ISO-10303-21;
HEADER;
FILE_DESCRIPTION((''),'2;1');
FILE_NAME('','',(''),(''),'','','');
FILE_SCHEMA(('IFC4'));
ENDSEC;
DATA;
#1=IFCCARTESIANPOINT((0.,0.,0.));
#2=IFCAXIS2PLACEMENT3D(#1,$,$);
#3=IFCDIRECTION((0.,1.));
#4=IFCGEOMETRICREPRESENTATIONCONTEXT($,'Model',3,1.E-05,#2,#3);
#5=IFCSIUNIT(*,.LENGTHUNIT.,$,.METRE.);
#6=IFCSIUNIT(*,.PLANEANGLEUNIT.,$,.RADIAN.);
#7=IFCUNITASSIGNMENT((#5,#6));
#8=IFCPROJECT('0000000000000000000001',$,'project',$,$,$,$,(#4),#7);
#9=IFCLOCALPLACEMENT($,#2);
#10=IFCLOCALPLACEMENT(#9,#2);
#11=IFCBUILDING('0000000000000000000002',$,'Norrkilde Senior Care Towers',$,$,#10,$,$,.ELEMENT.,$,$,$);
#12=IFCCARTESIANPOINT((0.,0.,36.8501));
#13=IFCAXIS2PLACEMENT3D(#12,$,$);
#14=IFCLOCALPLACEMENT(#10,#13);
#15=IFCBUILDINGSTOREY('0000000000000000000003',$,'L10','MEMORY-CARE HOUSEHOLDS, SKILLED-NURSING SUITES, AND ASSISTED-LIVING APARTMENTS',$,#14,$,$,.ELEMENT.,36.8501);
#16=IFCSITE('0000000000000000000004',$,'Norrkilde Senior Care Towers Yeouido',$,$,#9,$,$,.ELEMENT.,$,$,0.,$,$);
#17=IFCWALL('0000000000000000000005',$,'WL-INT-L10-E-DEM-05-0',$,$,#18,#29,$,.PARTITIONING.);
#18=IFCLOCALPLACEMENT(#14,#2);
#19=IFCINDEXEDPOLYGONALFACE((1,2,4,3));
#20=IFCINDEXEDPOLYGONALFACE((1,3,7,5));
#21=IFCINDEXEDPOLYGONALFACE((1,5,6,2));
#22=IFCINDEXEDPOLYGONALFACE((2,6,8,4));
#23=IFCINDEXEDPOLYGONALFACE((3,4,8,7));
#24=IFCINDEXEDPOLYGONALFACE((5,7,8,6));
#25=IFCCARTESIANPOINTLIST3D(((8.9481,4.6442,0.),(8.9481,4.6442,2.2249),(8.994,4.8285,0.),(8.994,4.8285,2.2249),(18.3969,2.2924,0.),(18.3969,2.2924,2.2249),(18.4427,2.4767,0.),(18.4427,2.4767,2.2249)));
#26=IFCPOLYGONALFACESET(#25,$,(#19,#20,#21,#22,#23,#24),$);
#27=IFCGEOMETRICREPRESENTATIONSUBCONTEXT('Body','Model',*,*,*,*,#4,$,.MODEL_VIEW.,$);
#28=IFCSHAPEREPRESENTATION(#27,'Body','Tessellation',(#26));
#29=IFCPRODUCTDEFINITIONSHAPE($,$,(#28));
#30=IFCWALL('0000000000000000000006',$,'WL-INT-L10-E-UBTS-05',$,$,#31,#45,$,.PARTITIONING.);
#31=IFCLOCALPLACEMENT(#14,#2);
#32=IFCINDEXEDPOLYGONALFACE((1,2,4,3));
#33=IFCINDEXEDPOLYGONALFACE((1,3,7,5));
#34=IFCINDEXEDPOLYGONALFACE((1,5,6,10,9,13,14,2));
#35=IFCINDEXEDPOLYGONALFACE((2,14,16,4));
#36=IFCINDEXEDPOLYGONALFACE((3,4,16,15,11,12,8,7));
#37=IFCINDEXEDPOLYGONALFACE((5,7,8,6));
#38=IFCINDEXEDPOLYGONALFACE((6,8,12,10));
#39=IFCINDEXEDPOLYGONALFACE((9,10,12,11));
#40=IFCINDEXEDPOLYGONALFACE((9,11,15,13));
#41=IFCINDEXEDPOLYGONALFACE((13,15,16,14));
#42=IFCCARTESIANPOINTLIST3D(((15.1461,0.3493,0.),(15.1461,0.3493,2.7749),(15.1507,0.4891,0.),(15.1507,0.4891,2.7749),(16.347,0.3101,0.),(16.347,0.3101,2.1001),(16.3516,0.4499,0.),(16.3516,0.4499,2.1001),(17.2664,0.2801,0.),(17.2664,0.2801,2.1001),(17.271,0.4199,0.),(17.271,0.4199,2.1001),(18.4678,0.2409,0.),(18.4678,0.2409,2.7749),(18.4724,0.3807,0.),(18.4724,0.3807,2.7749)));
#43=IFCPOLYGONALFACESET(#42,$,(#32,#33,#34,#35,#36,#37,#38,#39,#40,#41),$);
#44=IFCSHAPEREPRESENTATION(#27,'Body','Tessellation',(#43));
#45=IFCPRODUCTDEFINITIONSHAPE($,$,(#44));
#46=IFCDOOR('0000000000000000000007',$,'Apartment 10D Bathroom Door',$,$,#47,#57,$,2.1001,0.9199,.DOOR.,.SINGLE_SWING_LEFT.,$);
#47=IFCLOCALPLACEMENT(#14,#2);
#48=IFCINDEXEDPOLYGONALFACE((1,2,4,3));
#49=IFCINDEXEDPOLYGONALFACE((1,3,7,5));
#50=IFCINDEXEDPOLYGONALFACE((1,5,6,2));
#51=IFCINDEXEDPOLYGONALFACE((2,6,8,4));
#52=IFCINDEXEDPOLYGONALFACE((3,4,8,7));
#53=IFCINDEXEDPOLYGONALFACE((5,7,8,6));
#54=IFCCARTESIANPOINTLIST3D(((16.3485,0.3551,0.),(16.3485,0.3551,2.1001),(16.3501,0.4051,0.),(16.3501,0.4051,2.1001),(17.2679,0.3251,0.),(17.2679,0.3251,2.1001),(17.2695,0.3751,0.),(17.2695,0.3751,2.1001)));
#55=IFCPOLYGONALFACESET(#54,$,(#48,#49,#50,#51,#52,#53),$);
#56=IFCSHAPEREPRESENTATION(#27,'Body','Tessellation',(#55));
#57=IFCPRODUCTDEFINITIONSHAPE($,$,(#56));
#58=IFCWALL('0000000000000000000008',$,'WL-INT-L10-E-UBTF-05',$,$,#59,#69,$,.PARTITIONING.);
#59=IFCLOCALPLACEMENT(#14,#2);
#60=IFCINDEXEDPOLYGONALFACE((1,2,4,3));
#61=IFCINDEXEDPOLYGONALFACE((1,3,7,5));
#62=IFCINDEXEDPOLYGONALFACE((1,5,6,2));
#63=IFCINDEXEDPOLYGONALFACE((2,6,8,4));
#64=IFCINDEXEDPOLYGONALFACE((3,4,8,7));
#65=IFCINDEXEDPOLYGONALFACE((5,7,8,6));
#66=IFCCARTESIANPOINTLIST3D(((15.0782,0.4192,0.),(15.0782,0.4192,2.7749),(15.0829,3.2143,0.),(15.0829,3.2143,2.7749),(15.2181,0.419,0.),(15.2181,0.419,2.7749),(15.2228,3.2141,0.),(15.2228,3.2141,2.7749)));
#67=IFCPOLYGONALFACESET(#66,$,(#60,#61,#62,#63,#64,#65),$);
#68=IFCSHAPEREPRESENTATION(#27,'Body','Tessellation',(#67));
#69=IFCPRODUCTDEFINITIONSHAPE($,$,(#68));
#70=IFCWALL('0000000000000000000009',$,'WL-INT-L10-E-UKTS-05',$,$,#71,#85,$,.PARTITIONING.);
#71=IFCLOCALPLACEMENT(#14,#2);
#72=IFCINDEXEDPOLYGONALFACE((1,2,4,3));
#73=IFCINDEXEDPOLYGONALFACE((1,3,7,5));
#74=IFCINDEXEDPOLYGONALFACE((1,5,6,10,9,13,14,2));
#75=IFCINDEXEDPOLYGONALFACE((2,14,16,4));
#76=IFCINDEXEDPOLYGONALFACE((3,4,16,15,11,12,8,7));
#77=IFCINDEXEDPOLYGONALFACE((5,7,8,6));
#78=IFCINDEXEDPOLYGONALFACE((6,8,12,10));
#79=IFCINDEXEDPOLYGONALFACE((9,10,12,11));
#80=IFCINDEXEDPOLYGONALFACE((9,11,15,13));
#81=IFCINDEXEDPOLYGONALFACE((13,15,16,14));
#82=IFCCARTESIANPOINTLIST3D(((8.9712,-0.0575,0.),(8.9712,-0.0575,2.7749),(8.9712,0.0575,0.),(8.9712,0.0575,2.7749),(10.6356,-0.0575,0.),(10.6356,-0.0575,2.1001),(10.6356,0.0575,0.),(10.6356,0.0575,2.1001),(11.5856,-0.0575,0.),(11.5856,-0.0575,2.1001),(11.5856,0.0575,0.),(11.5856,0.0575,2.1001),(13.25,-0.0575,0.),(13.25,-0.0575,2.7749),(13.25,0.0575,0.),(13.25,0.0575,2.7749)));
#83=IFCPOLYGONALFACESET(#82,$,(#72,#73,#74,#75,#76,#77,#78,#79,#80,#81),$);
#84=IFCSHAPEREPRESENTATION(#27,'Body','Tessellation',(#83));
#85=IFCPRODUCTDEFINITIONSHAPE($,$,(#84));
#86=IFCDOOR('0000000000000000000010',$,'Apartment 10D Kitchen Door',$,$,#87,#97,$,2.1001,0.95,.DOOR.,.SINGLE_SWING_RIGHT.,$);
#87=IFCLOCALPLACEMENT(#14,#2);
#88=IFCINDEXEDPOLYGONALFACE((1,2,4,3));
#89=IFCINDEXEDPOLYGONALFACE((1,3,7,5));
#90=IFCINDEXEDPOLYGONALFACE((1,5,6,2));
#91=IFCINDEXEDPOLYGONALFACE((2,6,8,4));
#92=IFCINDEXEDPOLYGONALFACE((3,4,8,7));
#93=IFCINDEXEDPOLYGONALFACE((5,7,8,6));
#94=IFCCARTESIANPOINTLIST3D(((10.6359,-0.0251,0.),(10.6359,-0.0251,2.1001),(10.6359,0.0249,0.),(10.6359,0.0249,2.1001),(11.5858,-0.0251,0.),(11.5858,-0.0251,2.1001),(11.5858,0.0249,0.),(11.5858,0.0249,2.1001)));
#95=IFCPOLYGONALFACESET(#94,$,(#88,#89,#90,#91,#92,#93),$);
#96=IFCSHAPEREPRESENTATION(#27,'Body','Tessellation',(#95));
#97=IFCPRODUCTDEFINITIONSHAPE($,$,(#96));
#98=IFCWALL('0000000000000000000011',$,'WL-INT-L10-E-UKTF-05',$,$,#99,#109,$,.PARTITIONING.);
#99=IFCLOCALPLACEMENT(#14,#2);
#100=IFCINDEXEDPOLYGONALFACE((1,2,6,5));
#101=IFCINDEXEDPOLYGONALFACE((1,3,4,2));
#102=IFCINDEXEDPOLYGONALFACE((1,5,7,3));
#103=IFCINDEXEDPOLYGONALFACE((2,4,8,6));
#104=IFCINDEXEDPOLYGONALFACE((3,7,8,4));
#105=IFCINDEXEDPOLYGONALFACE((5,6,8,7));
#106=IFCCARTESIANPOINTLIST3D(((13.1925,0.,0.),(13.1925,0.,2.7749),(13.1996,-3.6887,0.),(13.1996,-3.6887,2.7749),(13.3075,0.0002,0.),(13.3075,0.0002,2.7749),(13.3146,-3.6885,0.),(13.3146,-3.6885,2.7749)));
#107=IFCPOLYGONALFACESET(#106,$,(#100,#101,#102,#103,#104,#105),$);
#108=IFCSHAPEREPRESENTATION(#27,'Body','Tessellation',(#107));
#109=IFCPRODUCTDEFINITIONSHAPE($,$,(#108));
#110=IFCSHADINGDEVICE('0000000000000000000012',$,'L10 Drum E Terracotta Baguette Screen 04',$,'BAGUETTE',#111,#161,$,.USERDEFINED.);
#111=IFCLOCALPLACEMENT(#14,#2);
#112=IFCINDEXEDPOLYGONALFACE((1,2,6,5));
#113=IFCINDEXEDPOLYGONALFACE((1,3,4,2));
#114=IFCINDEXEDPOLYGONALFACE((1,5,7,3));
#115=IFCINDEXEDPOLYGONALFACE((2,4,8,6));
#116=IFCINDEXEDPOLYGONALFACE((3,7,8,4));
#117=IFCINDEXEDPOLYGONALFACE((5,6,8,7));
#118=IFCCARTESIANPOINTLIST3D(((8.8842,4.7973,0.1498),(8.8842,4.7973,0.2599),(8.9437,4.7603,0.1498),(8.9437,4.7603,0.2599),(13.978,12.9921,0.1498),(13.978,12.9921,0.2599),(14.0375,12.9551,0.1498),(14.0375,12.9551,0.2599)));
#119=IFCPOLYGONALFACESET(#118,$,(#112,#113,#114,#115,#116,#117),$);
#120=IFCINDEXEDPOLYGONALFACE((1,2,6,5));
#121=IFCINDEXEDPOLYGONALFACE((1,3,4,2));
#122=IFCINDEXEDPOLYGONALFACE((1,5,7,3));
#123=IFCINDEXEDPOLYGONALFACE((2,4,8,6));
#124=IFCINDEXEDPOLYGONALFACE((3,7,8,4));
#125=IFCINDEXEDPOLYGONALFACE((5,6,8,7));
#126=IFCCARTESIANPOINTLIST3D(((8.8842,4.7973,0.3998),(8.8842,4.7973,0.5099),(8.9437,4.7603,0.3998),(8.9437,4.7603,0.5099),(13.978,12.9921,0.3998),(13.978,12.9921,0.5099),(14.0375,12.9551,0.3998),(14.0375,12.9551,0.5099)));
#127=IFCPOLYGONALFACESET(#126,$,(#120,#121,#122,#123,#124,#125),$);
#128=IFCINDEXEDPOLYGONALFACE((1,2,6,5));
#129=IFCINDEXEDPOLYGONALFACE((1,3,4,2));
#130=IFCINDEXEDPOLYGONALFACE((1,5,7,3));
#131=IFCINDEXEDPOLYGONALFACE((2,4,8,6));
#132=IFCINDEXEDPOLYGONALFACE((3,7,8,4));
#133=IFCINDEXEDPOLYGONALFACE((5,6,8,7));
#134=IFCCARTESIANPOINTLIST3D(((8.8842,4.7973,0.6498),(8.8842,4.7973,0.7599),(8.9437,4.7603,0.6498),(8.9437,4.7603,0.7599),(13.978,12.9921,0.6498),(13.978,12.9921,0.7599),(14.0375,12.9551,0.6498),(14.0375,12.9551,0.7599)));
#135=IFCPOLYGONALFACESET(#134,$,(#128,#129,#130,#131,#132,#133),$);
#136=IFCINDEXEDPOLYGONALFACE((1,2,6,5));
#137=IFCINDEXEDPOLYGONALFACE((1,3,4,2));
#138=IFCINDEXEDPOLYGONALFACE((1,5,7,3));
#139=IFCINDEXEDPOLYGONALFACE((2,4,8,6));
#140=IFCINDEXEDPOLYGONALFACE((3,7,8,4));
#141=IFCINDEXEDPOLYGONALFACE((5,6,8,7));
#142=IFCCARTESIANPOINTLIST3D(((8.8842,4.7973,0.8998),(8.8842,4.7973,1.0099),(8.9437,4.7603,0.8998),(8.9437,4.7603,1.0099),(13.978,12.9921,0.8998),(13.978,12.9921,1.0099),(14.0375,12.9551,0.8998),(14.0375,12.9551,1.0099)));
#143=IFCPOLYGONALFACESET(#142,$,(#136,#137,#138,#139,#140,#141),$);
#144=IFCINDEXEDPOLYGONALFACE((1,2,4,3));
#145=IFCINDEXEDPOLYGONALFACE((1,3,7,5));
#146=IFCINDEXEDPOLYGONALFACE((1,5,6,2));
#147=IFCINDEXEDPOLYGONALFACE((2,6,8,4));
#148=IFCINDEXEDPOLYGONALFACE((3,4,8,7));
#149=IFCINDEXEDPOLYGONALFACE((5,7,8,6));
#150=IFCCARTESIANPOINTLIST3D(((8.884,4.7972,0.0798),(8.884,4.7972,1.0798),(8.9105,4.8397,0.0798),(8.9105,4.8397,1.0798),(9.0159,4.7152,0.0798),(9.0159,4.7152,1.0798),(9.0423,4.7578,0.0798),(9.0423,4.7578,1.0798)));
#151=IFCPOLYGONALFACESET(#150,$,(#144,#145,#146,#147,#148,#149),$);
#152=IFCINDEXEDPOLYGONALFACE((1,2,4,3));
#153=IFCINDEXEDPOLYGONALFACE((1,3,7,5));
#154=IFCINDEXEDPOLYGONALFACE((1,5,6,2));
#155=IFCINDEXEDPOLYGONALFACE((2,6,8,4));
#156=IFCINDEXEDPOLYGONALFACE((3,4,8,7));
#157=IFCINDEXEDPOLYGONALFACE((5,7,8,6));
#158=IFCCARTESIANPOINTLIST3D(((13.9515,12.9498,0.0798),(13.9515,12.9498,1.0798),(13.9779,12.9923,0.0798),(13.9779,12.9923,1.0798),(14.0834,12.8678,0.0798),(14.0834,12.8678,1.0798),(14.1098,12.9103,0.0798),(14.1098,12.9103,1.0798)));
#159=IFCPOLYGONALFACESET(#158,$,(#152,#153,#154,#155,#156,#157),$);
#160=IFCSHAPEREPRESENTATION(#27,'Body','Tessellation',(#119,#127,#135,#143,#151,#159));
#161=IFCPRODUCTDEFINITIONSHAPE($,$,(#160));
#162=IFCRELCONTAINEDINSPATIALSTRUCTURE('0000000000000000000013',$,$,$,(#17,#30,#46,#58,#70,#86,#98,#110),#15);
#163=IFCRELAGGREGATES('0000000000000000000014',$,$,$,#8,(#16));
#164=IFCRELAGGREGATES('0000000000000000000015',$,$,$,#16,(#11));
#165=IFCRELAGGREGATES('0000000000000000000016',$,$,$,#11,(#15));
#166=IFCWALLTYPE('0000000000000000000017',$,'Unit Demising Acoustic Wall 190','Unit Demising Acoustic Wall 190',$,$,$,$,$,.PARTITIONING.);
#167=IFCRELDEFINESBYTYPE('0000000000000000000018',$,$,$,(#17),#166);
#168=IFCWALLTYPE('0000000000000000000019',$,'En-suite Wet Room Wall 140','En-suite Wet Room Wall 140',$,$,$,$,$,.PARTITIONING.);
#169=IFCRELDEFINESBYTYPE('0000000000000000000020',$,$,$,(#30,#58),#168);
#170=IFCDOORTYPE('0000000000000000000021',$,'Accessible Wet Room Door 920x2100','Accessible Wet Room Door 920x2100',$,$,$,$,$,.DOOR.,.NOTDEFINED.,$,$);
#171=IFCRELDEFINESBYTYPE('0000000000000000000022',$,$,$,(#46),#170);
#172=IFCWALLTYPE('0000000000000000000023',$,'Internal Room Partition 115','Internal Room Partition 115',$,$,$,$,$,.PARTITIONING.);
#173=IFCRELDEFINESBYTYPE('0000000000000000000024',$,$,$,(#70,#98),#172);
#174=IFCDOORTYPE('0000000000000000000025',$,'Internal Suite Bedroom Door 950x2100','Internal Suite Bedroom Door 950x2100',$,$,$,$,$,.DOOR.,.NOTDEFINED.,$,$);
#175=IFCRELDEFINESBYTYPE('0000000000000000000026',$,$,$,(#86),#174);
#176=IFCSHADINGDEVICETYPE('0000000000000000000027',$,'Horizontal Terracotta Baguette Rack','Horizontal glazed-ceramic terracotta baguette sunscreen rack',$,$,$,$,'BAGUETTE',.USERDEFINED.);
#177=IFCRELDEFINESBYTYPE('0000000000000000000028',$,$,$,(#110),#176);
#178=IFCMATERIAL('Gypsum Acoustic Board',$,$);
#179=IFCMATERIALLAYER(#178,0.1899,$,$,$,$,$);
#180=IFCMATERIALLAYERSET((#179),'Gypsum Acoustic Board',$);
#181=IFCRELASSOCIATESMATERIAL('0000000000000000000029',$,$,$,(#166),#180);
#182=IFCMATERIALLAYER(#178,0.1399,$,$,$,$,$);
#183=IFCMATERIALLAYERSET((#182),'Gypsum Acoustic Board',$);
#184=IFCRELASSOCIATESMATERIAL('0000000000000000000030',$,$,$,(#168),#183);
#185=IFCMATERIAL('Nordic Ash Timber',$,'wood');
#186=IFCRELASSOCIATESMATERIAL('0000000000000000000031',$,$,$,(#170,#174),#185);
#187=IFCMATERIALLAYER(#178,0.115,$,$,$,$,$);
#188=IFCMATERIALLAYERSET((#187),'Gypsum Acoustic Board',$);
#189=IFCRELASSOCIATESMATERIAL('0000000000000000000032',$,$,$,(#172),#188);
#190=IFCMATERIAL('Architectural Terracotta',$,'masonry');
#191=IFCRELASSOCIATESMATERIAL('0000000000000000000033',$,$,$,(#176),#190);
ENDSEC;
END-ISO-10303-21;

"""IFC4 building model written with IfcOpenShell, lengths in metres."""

from ifc_helpers import new_model, si_unit, direction, frame, frame_2d, origin, origin_2d, place, context, subcontext, project, spatial, rectangle, extrude, source, transform, mapped, material, layer, layer_set, type_object, type_shapes, element, fill, save


model = new_model("IFC4")

# Units and contexts
model_context = context("Model", 3, precision=1e-05, world=origin(), true_north=direction((0.0, 1.0)))
body_context = subcontext(model_context, "Body", "Model", "MODEL_VIEW")
ifc_project = project(units=[si_unit("LENGTHUNIT", "METRE"), si_unit("PLANEANGLEUNIT", "RADIAN")], contexts=[model_context])

# Site, building, storey
site_placement = place(None, origin())
site = spatial("IfcSite", under=ifc_project, at=site_placement, Name="Norrkilde Senior Care Towers Yeouido", CompositionType="ELEMENT", RefElevation=0.0)
building_placement = place(site_placement, origin())
building = spatial("IfcBuilding", under=site, at=building_placement, Name="Norrkilde Senior Care Towers", CompositionType="ELEMENT")
storey_placement = place(building_placement, frame((0.0, 0.0, 36.8501)))
storey = spatial("IfcBuildingStorey", under=building, at=storey_placement, Name="L10", Description="MEMORY-CARE HOUSEHOLDS, SKILLED-NURSING SUITES, AND ASSISTED-LIVING APARTMENTS", CompositionType="ELEMENT", Elevation=36.8501)

# Wall
ifc_material_1 = material(Name="Gypsum Acoustic Board")
ifc_layer_1 = layer(ifc_material_1, 0.1899)
ifc_layer_set_1 = layer_set([ifc_layer_1], Name="Gypsum Acoustic Board")
wall_type_1 = type_object("IfcWallType", Name="Unit Demising Acoustic Wall 190", Description="Unit Demising Acoustic Wall 190", PredefinedType="PARTITIONING", material=ifc_layer_set_1)
shared_shape_1 = source(origin(), body_context, "Body", "SweptSolid", [
    extrude(rectangle(XDim=9.7371, YDim=0.1899, at=frame_2d((4.8687, 0.0))), origin(), (0.0, 0.0, 1.0), 2.2249),
])
type_shapes(wall_type_1, [shared_shape_1])
wall_1_placement = place(storey_placement, frame((18.4199, 2.3845, 0.0), z_axis=(0.0, 0.0, 1.0), x_axis=(-0.970393, 0.241533, 0.0)))
element("IfcWall", 1, at=wall_1_placement, inside=storey, type_object=wall_type_1, Name="WL-INT-L10-E-DEM-05-0", PredefinedType="PARTITIONING", context=body_context, shape_type="MappedRepresentation", body=[
    mapped(shared_shape_1, transform((0.0, 0.0, 0.0), x_axis=(1.0, 0.0, 0.0), y_axis=(0.0, 1.0, 0.0), z_axis=(0.0, 0.0, 1.0), scale=1.0)),
])

# Wall, opening, door
ifc_layer_2 = layer(ifc_material_1, 0.1399)
ifc_layer_set_2 = layer_set([ifc_layer_2], Name="Gypsum Acoustic Board")
wall_type_2 = type_object("IfcWallType", Name="En-suite Wet Room Wall 140", Description="En-suite Wet Room Wall 140", PredefinedType="PARTITIONING", material=ifc_layer_set_2)
shared_shape_2 = source(origin(), body_context, "Body", "SweptSolid", [
    extrude(rectangle(XDim=3.3235, YDim=0.1399, at=frame_2d((1.6616, 0.0))), origin(), (0.0, 0.0, 1.0), 2.7749),
])
wall_2_placement = place(storey_placement, frame((18.47, 0.3108, 0.0), z_axis=(0.0, 0.0, 1.0), x_axis=(-0.999468, 0.032615, 0.0)))
wall_2 = element("IfcWall", 2, at=wall_2_placement, inside=storey, type_object=wall_type_2, Name="WL-INT-L10-E-UBTS-05", PredefinedType="PARTITIONING", context=body_context, shape_type="MappedRepresentation", body=[
    mapped(shared_shape_2, transform((0.0, 0.0, 0.0), x_axis=(1.0, 0.0, 0.0), y_axis=(0.0, 1.0, 0.0), z_axis=(0.0, 0.0, 1.0), scale=1.0)),
])
opening_1_placement = place(wall_2_placement, frame((1.2019, 0.0, 0.0)))
opening_1 = element("IfcOpeningElement", 3, at=opening_1_placement, cuts=wall_2, PredefinedType="OPENING", context=body_context, shape_type="SweptSolid", body=[
    extrude(rectangle(XDim=0.9199, YDim=2.1001, at=frame_2d((0.46, 1.05))), frame((0.0, 0.0798, 0.0), z_axis=(0.0, -1.0, 0.0), x_axis=(1.0, 0.0, 0.0)), (0.0, 0.0, 1.0), 0.1599),
])
ifc_material_2 = material(Name="Nordic Ash Timber", Category="wood")
door_type_1 = type_object("IfcDoorType", Name="Accessible Wet Room Door 920x2100", Description="Accessible Wet Room Door 920x2100", OperationType="NOTDEFINED", PredefinedType="DOOR", material=ifc_material_2)
shared_shape_3 = source(origin(), body_context, "Body", "SweptSolid", [
    extrude(rectangle(XDim=0.9199, YDim=2.1001, at=frame_2d((0.46, 1.05))), frame((0.0, 0.0249, 0.0), z_axis=(0.0, -1.0, 0.0), x_axis=(1.0, 0.0, 0.0)), (0.0, 0.0, 1.0), 0.05),
])
type_shapes(door_type_1, [shared_shape_3])
door_1_placement = place(opening_1_placement, origin())
door_1 = element("IfcDoor", 4, at=door_1_placement, inside=storey, type_object=door_type_1, Name="Apartment 10D Bathroom Door", OperationType="SINGLE_SWING_LEFT", OverallHeight=2.1001, OverallWidth=0.9199, PredefinedType="DOOR", context=body_context, shape_type="MappedRepresentation", body=[
    mapped(shared_shape_3, transform((0.0, 0.0, 0.0), x_axis=(1.0, 0.0, 0.0), y_axis=(0.0, 1.0, 0.0), z_axis=(0.0, 0.0, 1.0), scale=1.0)),
])
fill(opening_1, door_1)

# Wall
shared_shape_4 = source(origin(), body_context, "Body", "SweptSolid", [
    extrude(rectangle(XDim=2.7952, YDim=0.1399, at=frame_2d((1.3975, 0.0))), origin(), (0.0, 0.0, 1.0), 2.7749),
])
type_shapes(wall_type_2, [shared_shape_2, shared_shape_4])
wall_3_placement = place(storey_placement, frame((15.1482, 0.4192, 0.0), z_axis=(0.0, 0.0, 1.0), x_axis=(0.00166, 0.999999, 0.0)))
element("IfcWall", 5, at=wall_3_placement, inside=storey, type_object=wall_type_2, Name="WL-INT-L10-E-UBTF-05", PredefinedType="PARTITIONING", context=body_context, shape_type="MappedRepresentation", body=[
    mapped(shared_shape_4, transform((0.0, 0.0, 0.0), x_axis=(1.0, 0.0, 0.0), y_axis=(0.0, 1.0, 0.0), z_axis=(0.0, 0.0, 1.0), scale=1.0)),
])

# Wall, opening, door
ifc_layer_3 = layer(ifc_material_1, 0.115)
ifc_layer_set_3 = layer_set([ifc_layer_3], Name="Gypsum Acoustic Board")
wall_type_3 = type_object("IfcWallType", Name="Internal Room Partition 115", Description="Internal Room Partition 115", PredefinedType="PARTITIONING", material=ifc_layer_set_3)
shared_shape_5 = source(origin(), body_context, "Body", "SweptSolid", [
    extrude(rectangle(XDim=4.2788, YDim=0.115, at=frame_2d((2.1394, 0.0))), origin(), (0.0, 0.0, 1.0), 2.7749),
])
wall_4_placement = place(storey_placement, frame((13.25, 0.0, 0.0), z_axis=(0.0, 0.0, 1.0), x_axis=(-1.0, 0.0, 0.0)))
wall_4 = element("IfcWall", 6, at=wall_4_placement, inside=storey, type_object=wall_type_3, Name="WL-INT-L10-E-UKTS-05", PredefinedType="PARTITIONING", context=body_context, shape_type="MappedRepresentation", body=[
    mapped(shared_shape_5, transform((0.0, 0.0, 0.0), x_axis=(1.0, 0.0, 0.0), y_axis=(0.0, 1.0, 0.0), z_axis=(0.0, 0.0, 1.0), scale=1.0)),
])
opening_2_placement = place(wall_4_placement, frame((1.6643, 0.0, 0.0)))
opening_2 = element("IfcOpeningElement", 7, at=opening_2_placement, cuts=wall_4, PredefinedType="OPENING", context=body_context, shape_type="SweptSolid", body=[
    extrude(rectangle(XDim=0.95, YDim=2.1001, at=frame_2d((0.4751, 1.05))), frame((0.0, 0.0674, 0.0), z_axis=(0.0, -1.0, 0.0), x_axis=(1.0, 0.0, 0.0)), (0.0, 0.0, 1.0), 0.135),
])
door_type_2 = type_object("IfcDoorType", Name="Internal Suite Bedroom Door 950x2100", Description="Internal Suite Bedroom Door 950x2100", OperationType="NOTDEFINED", PredefinedType="DOOR", material=ifc_material_2)
shared_shape_6 = source(origin(), body_context, "Body", "SweptSolid", [
    extrude(rectangle(XDim=0.95, YDim=2.1001, at=frame_2d((0.4751, 1.05))), frame((0.0, 0.0249, 0.0), z_axis=(0.0, -1.0, 0.0), x_axis=(1.0, 0.0, 0.0)), (0.0, 0.0, 1.0), 0.05),
])
type_shapes(door_type_2, [shared_shape_6])
door_2_placement = place(opening_2_placement, frame((0.95, 0.0, 0.0), z_axis=(0.0, 0.0, 1.0), x_axis=(-1.0, 0.0, 0.0)))
door_2 = element("IfcDoor", 8, at=door_2_placement, inside=storey, type_object=door_type_2, Name="Apartment 10D Kitchen Door", OperationType="SINGLE_SWING_RIGHT", OverallHeight=2.1001, OverallWidth=0.95, PredefinedType="DOOR", context=body_context, shape_type="MappedRepresentation", body=[
    mapped(shared_shape_6, transform((0.0, 0.0, 0.0), x_axis=(1.0, 0.0, 0.0), y_axis=(0.0, 1.0, 0.0), z_axis=(0.0, 0.0, 1.0), scale=1.0)),
])
fill(opening_2, door_2)

# Wall
shared_shape_7 = source(origin(), body_context, "Body", "SweptSolid", [
    extrude(rectangle(XDim=3.6887, YDim=0.115, at=frame_2d((1.8442, 0.0))), origin(), (0.0, 0.0, 1.0), 2.7749),
])
type_shapes(wall_type_3, [shared_shape_5, shared_shape_7])
wall_5_placement = place(storey_placement, frame((13.25, 0.0, 0.0), z_axis=(0.0, 0.0, 1.0), x_axis=(0.001919, -0.999998, 0.0)))
element("IfcWall", 9, at=wall_5_placement, inside=storey, type_object=wall_type_3, Name="WL-INT-L10-E-UKTF-05", PredefinedType="PARTITIONING", context=body_context, shape_type="MappedRepresentation", body=[
    mapped(shared_shape_7, transform((0.0, 0.0, 0.0), x_axis=(1.0, 0.0, 0.0), y_axis=(0.0, 1.0, 0.0), z_axis=(0.0, 0.0, 1.0), scale=1.0)),
])

# Shading device
ifc_material_3 = material(Name="Architectural Terracotta", Category="masonry")
shading_device_type = type_object("IfcShadingDeviceType", Name="Horizontal Terracotta Baguette Rack", Description="Horizontal glazed-ceramic terracotta baguette sunscreen rack", ElementType="BAGUETTE", PredefinedType="USERDEFINED", material=ifc_material_3)
shared_shape_8 = source(origin(), body_context, "Body", "SweptSolid", [
    extrude(rectangle(XDim=0.0701, YDim=0.1101, at=origin_2d()), frame((0.0, 0.0901, 0.125), z_axis=(1.0, 0.0, 0.0), x_axis=(0.0, 1.0, 0.0)), (0.0, 0.0, 1.0), 9.6489),
    extrude(rectangle(XDim=0.0701, YDim=0.1101, at=origin_2d()), frame((0.0, 0.0901, 0.375), z_axis=(1.0, 0.0, 0.0), x_axis=(0.0, 1.0, 0.0)), (0.0, 0.0, 1.0), 9.6489),
    extrude(rectangle(XDim=0.0701, YDim=0.1101, at=origin_2d()), frame((0.0, 0.0901, 0.625), z_axis=(1.0, 0.0, 0.0), x_axis=(0.0, 1.0, 0.0)), (0.0, 0.0, 1.0), 9.6489),
    extrude(rectangle(XDim=0.0701, YDim=0.1101, at=origin_2d()), frame((0.0, 0.0901, 0.875), z_axis=(1.0, 0.0, 0.0), x_axis=(0.0, 1.0, 0.0)), (0.0, 0.0, 1.0), 9.6489),
    extrude(rectangle(XDim=0.05, YDim=0.1553, at=origin_2d()), frame((0.0249, 0.0476, 0.0)), (0.0, 0.0, 1.0), 1.0),
    extrude(rectangle(XDim=0.05, YDim=0.1553, at=origin_2d()), frame((9.624, 0.0476, 0.0)), (0.0, 0.0, 1.0), 1.0),
])
type_shapes(shading_device_type, [shared_shape_8])
shading_device_placement = place(storey_placement, frame((8.9905, 4.7312, 0.0798), z_axis=(0.0, 0.0, 1.0), x_axis=(0.527909, 0.849299, 0.0)))
element("IfcShadingDevice", 10, at=shading_device_placement, inside=storey, type_object=shading_device_type, Name="L10 Drum E Terracotta Baguette Screen 04", ObjectType="BAGUETTE", PredefinedType="USERDEFINED", context=body_context, shape_type="MappedRepresentation", body=[
    mapped(shared_shape_8, transform((0.0, 0.0, 0.0), x_axis=(1.0, 0.0, 0.0), y_axis=(0.0, 1.0, 0.0), z_axis=(0.0, 0.0, 1.0), scale=1.0)),
])

save(model, "model.ifc")
